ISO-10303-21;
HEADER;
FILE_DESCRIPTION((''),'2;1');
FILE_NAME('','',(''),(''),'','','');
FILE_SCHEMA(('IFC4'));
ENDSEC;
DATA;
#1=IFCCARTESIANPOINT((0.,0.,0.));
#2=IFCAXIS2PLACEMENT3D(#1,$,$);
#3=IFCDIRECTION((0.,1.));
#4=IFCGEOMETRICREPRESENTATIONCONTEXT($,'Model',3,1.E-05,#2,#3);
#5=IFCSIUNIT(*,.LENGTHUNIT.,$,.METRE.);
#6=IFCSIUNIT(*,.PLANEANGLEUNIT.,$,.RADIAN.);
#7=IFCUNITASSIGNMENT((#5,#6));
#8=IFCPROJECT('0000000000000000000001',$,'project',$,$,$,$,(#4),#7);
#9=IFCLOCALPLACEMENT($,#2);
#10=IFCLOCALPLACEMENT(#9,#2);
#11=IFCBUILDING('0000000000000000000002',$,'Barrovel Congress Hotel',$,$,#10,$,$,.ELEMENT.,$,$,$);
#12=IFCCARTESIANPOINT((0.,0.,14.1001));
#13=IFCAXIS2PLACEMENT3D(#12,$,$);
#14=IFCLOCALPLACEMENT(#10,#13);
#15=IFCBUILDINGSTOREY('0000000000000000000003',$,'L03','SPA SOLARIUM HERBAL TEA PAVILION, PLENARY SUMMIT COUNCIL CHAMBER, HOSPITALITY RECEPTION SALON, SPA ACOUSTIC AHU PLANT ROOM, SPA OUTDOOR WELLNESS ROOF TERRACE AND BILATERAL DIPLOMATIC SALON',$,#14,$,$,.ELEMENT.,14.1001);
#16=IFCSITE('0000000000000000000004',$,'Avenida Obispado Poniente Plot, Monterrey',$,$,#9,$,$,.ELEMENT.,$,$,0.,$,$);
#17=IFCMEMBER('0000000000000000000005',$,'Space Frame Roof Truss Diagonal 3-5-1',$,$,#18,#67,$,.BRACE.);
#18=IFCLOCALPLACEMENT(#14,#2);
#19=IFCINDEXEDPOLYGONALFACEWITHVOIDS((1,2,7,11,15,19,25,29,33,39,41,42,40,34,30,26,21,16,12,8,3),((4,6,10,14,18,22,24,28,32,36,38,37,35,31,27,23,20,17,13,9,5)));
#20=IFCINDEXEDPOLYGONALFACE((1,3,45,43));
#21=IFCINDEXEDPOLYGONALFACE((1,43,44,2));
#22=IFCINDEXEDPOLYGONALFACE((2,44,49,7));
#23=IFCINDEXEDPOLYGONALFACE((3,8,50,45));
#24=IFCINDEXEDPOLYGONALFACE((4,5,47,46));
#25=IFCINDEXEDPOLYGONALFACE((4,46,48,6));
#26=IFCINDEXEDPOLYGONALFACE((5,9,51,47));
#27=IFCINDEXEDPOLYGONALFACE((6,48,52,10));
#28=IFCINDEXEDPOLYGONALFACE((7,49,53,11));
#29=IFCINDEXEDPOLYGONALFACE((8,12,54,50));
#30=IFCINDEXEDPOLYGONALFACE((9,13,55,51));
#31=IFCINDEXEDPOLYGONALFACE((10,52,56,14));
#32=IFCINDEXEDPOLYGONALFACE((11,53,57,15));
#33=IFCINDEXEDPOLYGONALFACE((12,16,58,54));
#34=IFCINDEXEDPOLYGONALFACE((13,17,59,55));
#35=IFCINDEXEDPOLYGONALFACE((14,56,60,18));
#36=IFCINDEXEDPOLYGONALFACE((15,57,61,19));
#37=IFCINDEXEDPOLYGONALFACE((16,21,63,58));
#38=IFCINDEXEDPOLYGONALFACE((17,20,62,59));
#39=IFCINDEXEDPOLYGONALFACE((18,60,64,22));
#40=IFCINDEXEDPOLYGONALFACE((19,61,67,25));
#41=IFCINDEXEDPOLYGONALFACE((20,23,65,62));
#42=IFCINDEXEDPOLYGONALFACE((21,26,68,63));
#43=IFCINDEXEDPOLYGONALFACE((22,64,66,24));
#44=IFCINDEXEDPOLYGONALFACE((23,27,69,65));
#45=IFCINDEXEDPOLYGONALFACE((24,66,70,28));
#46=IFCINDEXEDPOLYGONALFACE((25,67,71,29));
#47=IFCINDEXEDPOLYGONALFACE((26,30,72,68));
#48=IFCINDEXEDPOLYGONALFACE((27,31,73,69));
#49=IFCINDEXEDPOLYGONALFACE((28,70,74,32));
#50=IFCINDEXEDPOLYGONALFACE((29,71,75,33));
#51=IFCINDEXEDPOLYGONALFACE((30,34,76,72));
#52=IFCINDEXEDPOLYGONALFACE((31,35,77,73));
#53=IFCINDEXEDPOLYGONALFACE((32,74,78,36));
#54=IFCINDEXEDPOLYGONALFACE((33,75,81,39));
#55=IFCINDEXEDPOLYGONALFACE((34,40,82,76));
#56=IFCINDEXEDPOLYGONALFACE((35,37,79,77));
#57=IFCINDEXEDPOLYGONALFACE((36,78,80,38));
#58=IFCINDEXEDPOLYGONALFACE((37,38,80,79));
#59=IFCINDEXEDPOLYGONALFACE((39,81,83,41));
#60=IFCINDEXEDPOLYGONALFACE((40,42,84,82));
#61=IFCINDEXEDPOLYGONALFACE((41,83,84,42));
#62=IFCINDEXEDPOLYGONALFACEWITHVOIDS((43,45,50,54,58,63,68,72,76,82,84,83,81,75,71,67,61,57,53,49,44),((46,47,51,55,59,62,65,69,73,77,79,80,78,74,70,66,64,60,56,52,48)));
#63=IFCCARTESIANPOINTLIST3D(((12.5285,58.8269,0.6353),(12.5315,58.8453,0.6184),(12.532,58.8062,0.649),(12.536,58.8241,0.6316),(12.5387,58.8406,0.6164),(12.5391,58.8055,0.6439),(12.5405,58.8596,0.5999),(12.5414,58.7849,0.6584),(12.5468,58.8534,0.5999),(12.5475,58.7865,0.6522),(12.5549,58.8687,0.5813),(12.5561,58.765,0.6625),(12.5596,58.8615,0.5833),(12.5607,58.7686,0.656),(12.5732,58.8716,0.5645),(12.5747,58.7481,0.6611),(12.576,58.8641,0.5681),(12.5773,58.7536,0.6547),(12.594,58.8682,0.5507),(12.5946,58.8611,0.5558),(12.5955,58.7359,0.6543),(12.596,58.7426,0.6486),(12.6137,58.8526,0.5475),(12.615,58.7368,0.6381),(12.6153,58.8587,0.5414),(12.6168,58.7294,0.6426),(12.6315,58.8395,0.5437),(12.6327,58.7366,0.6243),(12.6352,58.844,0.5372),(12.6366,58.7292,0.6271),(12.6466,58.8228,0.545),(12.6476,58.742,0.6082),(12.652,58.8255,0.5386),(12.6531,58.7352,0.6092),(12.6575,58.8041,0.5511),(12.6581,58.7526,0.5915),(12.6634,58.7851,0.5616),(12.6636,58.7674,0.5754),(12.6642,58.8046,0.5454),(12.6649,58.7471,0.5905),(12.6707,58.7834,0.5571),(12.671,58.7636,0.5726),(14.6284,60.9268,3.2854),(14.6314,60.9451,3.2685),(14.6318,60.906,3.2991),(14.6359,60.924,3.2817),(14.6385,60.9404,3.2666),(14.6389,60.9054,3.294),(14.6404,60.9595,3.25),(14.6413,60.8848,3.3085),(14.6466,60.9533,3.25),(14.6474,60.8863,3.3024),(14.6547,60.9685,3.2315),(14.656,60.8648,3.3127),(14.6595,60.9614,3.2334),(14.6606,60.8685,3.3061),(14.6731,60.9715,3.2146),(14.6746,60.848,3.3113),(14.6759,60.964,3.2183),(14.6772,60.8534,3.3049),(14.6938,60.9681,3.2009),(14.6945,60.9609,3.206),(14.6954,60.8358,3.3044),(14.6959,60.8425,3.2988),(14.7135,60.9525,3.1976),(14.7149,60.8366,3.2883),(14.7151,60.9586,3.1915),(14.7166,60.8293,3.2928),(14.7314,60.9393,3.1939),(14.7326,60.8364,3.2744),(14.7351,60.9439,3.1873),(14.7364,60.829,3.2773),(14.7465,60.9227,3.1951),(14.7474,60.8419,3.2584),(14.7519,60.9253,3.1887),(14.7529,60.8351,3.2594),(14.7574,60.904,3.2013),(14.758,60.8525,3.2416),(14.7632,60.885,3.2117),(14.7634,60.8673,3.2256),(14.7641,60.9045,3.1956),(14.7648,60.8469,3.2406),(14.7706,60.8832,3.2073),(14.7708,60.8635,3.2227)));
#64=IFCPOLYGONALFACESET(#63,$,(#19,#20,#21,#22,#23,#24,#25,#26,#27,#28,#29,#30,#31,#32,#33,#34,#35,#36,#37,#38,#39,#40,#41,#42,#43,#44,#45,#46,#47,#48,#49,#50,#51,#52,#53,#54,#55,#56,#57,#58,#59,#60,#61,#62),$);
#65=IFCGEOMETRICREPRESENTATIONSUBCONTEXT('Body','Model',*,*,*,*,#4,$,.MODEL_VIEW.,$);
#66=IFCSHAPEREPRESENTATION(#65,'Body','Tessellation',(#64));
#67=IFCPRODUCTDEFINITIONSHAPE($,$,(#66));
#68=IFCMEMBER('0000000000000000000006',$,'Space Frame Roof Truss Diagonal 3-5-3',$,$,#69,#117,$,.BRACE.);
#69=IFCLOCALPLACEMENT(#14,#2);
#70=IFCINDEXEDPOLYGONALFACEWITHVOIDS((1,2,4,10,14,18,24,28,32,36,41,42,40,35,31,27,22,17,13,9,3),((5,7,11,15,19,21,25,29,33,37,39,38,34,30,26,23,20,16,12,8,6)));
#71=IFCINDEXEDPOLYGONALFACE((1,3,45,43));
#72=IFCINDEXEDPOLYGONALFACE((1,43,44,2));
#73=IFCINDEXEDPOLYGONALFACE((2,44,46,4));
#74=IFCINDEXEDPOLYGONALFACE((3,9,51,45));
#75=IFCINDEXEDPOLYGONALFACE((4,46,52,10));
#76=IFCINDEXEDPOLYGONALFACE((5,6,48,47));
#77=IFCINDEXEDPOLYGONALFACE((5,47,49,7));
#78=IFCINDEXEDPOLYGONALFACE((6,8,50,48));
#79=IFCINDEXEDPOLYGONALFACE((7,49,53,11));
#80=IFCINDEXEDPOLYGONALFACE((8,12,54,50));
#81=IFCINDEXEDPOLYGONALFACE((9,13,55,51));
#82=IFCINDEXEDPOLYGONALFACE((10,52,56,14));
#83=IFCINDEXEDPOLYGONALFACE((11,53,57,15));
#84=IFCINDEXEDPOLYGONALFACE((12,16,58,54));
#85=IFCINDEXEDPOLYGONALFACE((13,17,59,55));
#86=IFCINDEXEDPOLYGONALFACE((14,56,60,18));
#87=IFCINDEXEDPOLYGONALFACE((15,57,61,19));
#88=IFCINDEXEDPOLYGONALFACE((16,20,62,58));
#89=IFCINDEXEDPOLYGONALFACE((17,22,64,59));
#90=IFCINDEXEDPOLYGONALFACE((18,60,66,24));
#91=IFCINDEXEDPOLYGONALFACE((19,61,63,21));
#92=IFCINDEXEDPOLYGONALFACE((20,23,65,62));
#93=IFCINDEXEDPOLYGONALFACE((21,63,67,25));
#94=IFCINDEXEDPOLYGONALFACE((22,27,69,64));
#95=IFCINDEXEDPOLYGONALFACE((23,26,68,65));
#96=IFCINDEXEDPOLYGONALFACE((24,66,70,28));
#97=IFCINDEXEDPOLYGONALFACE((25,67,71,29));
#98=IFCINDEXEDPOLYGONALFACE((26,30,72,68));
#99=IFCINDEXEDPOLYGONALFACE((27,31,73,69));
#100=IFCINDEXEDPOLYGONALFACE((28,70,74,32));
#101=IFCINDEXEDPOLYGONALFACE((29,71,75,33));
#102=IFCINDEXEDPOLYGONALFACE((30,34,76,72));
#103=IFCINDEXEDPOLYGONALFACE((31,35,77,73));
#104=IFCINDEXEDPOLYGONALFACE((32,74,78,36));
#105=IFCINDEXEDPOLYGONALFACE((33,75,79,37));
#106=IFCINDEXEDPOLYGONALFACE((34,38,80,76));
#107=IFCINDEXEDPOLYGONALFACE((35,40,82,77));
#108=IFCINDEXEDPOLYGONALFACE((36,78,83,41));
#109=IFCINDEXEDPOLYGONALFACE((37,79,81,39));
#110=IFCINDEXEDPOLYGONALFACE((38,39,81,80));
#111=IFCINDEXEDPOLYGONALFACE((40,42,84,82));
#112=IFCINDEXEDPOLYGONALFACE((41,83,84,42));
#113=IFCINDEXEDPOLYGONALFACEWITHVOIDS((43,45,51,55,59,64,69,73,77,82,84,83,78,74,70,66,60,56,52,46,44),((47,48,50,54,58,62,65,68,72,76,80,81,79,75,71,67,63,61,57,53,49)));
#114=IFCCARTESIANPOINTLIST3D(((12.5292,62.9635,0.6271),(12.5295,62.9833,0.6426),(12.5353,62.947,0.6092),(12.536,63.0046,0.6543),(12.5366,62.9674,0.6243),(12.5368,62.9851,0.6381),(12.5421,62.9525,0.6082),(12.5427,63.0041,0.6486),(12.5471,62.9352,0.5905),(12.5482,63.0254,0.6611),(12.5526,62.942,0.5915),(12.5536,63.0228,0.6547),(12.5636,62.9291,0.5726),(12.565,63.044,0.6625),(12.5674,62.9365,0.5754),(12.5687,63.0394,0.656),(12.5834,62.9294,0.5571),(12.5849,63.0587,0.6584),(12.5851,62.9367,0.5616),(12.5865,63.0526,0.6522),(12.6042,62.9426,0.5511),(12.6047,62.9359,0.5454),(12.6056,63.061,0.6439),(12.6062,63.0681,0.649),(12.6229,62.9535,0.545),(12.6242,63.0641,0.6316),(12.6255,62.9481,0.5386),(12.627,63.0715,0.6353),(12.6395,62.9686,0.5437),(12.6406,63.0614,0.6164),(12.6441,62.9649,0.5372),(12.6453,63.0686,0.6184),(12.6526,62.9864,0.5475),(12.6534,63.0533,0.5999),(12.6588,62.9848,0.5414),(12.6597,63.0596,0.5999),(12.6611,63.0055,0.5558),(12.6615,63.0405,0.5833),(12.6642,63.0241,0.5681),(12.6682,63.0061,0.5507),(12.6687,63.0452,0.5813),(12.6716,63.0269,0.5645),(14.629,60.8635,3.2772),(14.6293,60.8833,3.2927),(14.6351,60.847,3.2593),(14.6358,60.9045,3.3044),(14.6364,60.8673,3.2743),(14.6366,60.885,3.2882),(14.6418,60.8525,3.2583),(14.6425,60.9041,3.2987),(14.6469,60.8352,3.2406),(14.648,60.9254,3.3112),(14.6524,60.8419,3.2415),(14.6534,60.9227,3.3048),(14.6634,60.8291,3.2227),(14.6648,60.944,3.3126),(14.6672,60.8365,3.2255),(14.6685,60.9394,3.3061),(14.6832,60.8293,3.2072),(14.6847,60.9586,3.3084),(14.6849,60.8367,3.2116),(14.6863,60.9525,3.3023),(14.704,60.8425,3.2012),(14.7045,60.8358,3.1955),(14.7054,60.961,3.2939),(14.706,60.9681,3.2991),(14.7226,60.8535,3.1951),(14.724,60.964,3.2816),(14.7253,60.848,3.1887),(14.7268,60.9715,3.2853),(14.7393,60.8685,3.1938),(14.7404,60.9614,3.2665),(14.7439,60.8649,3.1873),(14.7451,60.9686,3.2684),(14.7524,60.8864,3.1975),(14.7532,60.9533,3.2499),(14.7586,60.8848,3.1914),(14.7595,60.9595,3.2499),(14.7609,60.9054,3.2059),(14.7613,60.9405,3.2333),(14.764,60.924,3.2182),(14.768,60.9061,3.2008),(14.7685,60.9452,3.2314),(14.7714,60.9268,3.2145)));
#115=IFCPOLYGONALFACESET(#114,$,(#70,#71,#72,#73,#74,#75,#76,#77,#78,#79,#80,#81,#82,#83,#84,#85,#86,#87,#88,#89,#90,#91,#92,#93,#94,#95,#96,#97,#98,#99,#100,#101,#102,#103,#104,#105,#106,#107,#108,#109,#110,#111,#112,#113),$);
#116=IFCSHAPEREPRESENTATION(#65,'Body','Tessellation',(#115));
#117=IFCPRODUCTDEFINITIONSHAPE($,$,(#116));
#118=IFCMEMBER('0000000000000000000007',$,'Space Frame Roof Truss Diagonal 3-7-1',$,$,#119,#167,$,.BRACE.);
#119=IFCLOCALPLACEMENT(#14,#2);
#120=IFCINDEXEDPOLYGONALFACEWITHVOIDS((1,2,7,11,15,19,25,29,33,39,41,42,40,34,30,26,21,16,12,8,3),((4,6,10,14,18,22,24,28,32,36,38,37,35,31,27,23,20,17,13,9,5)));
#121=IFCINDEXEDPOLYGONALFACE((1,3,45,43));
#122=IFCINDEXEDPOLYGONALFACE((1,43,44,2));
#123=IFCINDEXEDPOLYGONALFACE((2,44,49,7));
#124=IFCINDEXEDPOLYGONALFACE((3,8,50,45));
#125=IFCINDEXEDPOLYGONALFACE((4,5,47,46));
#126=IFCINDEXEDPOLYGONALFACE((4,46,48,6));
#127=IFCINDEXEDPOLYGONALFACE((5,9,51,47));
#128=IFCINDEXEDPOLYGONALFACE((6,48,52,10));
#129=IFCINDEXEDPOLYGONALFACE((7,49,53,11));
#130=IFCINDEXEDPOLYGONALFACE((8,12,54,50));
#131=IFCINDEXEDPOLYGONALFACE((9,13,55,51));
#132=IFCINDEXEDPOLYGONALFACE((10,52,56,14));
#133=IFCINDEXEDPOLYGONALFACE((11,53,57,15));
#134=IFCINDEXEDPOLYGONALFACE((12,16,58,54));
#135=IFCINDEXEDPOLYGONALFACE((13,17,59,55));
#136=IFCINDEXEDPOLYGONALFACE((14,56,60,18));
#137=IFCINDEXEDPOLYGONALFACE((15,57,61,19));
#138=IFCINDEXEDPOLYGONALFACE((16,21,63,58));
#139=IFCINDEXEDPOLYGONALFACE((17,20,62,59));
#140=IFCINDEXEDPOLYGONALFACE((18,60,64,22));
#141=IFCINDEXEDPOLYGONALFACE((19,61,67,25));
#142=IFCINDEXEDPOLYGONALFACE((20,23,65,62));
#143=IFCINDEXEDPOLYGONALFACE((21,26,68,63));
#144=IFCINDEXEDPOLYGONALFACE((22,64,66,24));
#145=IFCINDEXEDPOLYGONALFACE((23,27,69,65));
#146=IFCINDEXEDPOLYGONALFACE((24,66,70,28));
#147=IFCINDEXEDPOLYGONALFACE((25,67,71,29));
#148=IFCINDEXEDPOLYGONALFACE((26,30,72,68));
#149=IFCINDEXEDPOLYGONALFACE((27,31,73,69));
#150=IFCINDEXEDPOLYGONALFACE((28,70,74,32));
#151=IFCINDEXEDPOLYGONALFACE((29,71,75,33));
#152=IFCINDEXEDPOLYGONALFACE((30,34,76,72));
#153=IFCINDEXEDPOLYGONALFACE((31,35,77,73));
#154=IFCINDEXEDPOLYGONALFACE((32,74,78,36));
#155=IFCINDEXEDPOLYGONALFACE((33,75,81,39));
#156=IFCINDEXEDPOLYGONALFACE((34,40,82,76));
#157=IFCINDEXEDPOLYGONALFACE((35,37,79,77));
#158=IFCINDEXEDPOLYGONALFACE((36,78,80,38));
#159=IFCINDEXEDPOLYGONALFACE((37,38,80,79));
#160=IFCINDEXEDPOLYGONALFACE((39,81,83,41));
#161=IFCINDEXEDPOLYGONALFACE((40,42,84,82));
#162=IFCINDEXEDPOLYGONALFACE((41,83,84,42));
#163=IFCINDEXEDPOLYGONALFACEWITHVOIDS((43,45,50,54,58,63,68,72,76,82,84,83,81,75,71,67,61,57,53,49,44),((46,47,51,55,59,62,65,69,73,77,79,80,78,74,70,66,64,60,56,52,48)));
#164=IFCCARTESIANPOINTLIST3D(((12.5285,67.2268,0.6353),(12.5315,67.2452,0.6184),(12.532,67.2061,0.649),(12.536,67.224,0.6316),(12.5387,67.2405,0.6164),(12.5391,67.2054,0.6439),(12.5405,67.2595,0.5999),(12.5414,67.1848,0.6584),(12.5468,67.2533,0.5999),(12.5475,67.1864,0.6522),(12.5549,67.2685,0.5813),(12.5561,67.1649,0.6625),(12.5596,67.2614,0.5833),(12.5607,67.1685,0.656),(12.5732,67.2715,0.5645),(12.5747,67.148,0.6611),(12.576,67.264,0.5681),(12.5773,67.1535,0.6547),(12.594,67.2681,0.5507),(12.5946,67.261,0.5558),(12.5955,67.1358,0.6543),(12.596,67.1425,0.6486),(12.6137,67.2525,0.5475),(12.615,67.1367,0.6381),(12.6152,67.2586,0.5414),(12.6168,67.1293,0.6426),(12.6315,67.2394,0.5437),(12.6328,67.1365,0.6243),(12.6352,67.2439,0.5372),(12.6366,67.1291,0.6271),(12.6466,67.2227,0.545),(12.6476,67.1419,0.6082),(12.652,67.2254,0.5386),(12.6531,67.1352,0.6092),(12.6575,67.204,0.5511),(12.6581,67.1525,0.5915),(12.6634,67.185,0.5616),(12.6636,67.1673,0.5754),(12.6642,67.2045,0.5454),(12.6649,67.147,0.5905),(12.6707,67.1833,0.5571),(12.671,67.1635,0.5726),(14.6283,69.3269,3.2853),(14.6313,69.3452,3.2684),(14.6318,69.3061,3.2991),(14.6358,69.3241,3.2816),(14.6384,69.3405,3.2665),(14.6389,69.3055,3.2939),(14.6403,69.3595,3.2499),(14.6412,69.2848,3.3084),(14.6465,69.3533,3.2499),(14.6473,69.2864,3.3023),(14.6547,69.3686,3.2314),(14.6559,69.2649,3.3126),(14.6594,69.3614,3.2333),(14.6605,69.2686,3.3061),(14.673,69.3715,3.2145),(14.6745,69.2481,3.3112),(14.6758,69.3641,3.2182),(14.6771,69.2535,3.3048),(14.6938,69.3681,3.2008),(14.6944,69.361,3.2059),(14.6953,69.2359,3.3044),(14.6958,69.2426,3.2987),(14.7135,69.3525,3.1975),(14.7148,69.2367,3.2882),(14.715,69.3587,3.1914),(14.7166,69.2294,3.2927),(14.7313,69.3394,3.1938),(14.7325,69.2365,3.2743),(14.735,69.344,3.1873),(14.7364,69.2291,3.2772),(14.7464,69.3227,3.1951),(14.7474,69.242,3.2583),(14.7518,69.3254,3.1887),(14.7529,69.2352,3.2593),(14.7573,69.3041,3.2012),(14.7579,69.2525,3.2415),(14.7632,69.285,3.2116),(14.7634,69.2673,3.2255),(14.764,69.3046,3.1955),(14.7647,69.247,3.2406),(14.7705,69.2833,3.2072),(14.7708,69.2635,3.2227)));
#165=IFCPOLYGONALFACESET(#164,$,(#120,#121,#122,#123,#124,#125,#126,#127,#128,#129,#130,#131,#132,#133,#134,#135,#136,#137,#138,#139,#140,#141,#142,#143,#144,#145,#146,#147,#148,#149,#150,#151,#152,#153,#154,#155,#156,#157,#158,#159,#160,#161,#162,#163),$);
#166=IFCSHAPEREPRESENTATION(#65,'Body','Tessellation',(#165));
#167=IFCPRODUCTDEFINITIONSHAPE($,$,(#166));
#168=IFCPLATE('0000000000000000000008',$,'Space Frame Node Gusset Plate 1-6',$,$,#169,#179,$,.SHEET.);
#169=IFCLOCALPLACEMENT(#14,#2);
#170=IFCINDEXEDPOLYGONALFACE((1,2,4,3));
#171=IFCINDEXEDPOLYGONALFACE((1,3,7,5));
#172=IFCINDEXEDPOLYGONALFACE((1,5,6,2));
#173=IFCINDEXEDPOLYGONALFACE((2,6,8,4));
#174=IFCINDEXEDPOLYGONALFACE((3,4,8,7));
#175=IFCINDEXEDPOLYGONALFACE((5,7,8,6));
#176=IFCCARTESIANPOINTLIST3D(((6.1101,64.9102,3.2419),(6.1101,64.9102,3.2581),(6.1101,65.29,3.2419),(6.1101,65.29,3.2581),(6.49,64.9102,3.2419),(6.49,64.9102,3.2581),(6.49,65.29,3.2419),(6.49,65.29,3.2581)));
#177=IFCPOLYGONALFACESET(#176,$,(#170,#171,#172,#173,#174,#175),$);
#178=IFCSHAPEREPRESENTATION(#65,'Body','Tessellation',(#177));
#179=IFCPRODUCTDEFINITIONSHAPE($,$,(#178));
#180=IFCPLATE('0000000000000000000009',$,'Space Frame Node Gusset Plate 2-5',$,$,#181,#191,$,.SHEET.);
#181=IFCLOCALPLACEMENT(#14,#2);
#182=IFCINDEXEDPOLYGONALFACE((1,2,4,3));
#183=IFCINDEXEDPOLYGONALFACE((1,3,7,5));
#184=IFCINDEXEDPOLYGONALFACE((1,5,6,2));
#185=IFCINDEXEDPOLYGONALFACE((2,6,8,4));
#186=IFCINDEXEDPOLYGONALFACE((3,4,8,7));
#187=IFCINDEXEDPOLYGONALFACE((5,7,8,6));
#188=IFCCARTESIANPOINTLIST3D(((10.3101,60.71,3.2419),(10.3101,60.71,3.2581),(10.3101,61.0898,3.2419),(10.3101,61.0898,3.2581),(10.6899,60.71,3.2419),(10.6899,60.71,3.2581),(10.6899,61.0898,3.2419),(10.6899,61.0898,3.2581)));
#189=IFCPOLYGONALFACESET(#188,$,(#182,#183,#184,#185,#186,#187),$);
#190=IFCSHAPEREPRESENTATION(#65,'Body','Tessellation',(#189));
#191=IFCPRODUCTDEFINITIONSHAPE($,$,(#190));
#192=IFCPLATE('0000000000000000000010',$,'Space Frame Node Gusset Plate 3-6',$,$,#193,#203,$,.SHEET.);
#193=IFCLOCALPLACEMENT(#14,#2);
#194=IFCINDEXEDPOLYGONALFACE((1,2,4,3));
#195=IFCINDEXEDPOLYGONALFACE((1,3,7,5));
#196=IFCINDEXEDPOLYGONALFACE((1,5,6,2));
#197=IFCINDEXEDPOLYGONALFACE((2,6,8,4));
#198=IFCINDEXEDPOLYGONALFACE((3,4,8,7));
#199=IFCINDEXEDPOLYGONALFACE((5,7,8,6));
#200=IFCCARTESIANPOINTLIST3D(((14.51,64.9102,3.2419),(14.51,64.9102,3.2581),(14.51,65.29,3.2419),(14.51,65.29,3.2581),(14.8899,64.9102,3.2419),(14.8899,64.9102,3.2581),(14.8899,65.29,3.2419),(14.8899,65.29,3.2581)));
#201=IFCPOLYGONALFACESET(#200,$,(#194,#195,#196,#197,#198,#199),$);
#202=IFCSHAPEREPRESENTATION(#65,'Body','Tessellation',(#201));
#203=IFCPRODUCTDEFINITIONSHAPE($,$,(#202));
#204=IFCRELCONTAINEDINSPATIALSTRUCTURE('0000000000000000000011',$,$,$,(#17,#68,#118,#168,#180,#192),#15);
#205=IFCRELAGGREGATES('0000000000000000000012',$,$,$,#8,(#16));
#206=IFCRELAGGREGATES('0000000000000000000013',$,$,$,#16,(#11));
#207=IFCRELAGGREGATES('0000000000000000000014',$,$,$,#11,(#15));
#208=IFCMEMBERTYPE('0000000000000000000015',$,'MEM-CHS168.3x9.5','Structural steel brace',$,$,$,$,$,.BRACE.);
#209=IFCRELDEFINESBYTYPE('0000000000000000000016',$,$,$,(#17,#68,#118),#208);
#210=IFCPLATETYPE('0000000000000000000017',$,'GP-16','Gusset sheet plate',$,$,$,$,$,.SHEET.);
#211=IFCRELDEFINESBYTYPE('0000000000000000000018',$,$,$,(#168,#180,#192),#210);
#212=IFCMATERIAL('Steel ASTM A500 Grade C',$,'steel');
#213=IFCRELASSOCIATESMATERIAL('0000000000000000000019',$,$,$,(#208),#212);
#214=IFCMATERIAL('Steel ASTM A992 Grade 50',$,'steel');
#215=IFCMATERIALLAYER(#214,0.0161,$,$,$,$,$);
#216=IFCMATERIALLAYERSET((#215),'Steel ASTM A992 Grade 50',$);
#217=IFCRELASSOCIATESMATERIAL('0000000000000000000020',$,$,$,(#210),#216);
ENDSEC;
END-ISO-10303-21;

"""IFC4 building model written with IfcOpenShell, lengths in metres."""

from ifc_helpers import new_model, si_unit, direction, frame, origin, origin_2d, place, context, subcontext, project, spatial, rectangle, hollow_circle, extrude, material, layer, layer_set, material_profile, profile_set, type_object, element, save


model = new_model("IFC4")

# Units and contexts
model_context = context("Model", 3, precision=1e-05, world=origin(), true_north=direction((0.0, 1.0)))
body_context = subcontext(model_context, "Body", "Model", "MODEL_VIEW")
ifc_project = project(units=[si_unit("LENGTHUNIT", "METRE"), si_unit("PLANEANGLEUNIT", "RADIAN")], contexts=[model_context])

# Site, building, storey
site_placement = place(None, origin())
site = spatial("IfcSite", under=ifc_project, at=site_placement, Name="Avenida Obispado Poniente Plot, Monterrey", CompositionType="ELEMENT", RefElevation=0.0)
building_placement = place(site_placement, origin())
building = spatial("IfcBuilding", under=site, at=building_placement, Name="Barrovel Congress Hotel", CompositionType="ELEMENT")
storey_placement = place(building_placement, frame((0.0, 0.0, 14.1001)))
storey = spatial("IfcBuildingStorey", under=building, at=storey_placement, Name="L03", Description="SPA SOLARIUM HERBAL TEA PAVILION, PLENARY SUMMIT COUNCIL CHAMBER, HOSPITALITY RECEPTION SALON, SPA ACOUSTIC AHU PLANT ROOM, SPA OUTDOOR WELLNESS ROOF TERRACE AND BILATERAL DIPLOMATIC SALON", CompositionType="ELEMENT", Elevation=14.1001)

# Members
ifc_material_1 = material(Name="Steel ASTM A500 Grade C", Category="steel")
ifc_material_profile_1 = material_profile(ifc_material_1, hollow_circle(Radius=0.0842, WallThickness=0.0088, at=origin_2d()), Name="CHS168.3x9.5")
ifc_profile_set_1 = profile_set([ifc_material_profile_1], Name="Steel ASTM A500 Grade C")
member_type_1 = type_object("IfcMemberType", Name="MEM-CHS168.3x9.5", Description="Structural steel brace", PredefinedType="BRACE", material=ifc_profile_set_1)
for number, where, z_axis, x_axis, name in (
    (1, (12.6001, 58.8, 0.5999), (0.527574, 0.527574, 0.665831), (-0.707107, 0.707107, 0.0), "Space Frame Roof Truss Diagonal 3-5-1"),
    (2, (12.6001, 63.0, 0.5999), (0.527557, -0.527618, 0.66581), (0.707148, 0.707066, 0.0), "Space Frame Roof Truss Diagonal 3-5-3"),
    (3, (12.6001, 67.2, 0.5999), (0.527557, 0.527618, 0.66581), (-0.707148, 0.707066, 0.0), "Space Frame Roof Truss Diagonal 3-7-1"),
):
    element("IfcMember", number, at=place(storey_placement, frame(where, z_axis=z_axis, x_axis=x_axis)), inside=storey, type_object=member_type_1, Name=name, PredefinedType="BRACE", context=body_context, shape_type="SweptSolid", body=[
        extrude(hollow_circle(Radius=0.0842, WallThickness=0.0088, at=origin_2d()), origin(), (0.0, 0.0, 1.0), 3.9802),
    ])

# Plates
ifc_material_2 = material(Name="Steel ASTM A992 Grade 50", Category="steel")
ifc_layer_1 = layer(ifc_material_2, 0.0161)
ifc_layer_set_1 = layer_set([ifc_layer_1], Name="Steel ASTM A992 Grade 50")
plate_type_1 = type_object("IfcPlateType", Name="GP-16", Description="Gusset sheet plate", PredefinedType="SHEET", material=ifc_layer_set_1)
for number, where, z_axis, x_axis, name in (
    (4, (6.3, 65.1001, 3.2419), (0.0, 0.0, 1.0), (1.0, 0.0, 0.0), "Space Frame Node Gusset Plate 1-6"),
    (5, (10.5, 60.8999, 3.2419), (0.0, 0.0, 1.0), (1.0, 0.0, 0.0), "Space Frame Node Gusset Plate 2-5"),
    (6, (14.7, 65.1001, 3.2419), (0.0, 0.0, 1.0), (1.0, 0.0, 0.0), "Space Frame Node Gusset Plate 3-6"),
):
    element("IfcPlate", number, at=place(storey_placement, frame(where, z_axis=z_axis, x_axis=x_axis)), inside=storey, type_object=plate_type_1, Name=name, PredefinedType="SHEET", context=body_context, shape_type="SweptSolid", body=[
        extrude(rectangle(XDim=0.3799, YDim=0.3799, at=origin_2d()), origin(), (0.0, 0.0, 1.0), 0.0161),
    ])

save(model, "model.ifc")
